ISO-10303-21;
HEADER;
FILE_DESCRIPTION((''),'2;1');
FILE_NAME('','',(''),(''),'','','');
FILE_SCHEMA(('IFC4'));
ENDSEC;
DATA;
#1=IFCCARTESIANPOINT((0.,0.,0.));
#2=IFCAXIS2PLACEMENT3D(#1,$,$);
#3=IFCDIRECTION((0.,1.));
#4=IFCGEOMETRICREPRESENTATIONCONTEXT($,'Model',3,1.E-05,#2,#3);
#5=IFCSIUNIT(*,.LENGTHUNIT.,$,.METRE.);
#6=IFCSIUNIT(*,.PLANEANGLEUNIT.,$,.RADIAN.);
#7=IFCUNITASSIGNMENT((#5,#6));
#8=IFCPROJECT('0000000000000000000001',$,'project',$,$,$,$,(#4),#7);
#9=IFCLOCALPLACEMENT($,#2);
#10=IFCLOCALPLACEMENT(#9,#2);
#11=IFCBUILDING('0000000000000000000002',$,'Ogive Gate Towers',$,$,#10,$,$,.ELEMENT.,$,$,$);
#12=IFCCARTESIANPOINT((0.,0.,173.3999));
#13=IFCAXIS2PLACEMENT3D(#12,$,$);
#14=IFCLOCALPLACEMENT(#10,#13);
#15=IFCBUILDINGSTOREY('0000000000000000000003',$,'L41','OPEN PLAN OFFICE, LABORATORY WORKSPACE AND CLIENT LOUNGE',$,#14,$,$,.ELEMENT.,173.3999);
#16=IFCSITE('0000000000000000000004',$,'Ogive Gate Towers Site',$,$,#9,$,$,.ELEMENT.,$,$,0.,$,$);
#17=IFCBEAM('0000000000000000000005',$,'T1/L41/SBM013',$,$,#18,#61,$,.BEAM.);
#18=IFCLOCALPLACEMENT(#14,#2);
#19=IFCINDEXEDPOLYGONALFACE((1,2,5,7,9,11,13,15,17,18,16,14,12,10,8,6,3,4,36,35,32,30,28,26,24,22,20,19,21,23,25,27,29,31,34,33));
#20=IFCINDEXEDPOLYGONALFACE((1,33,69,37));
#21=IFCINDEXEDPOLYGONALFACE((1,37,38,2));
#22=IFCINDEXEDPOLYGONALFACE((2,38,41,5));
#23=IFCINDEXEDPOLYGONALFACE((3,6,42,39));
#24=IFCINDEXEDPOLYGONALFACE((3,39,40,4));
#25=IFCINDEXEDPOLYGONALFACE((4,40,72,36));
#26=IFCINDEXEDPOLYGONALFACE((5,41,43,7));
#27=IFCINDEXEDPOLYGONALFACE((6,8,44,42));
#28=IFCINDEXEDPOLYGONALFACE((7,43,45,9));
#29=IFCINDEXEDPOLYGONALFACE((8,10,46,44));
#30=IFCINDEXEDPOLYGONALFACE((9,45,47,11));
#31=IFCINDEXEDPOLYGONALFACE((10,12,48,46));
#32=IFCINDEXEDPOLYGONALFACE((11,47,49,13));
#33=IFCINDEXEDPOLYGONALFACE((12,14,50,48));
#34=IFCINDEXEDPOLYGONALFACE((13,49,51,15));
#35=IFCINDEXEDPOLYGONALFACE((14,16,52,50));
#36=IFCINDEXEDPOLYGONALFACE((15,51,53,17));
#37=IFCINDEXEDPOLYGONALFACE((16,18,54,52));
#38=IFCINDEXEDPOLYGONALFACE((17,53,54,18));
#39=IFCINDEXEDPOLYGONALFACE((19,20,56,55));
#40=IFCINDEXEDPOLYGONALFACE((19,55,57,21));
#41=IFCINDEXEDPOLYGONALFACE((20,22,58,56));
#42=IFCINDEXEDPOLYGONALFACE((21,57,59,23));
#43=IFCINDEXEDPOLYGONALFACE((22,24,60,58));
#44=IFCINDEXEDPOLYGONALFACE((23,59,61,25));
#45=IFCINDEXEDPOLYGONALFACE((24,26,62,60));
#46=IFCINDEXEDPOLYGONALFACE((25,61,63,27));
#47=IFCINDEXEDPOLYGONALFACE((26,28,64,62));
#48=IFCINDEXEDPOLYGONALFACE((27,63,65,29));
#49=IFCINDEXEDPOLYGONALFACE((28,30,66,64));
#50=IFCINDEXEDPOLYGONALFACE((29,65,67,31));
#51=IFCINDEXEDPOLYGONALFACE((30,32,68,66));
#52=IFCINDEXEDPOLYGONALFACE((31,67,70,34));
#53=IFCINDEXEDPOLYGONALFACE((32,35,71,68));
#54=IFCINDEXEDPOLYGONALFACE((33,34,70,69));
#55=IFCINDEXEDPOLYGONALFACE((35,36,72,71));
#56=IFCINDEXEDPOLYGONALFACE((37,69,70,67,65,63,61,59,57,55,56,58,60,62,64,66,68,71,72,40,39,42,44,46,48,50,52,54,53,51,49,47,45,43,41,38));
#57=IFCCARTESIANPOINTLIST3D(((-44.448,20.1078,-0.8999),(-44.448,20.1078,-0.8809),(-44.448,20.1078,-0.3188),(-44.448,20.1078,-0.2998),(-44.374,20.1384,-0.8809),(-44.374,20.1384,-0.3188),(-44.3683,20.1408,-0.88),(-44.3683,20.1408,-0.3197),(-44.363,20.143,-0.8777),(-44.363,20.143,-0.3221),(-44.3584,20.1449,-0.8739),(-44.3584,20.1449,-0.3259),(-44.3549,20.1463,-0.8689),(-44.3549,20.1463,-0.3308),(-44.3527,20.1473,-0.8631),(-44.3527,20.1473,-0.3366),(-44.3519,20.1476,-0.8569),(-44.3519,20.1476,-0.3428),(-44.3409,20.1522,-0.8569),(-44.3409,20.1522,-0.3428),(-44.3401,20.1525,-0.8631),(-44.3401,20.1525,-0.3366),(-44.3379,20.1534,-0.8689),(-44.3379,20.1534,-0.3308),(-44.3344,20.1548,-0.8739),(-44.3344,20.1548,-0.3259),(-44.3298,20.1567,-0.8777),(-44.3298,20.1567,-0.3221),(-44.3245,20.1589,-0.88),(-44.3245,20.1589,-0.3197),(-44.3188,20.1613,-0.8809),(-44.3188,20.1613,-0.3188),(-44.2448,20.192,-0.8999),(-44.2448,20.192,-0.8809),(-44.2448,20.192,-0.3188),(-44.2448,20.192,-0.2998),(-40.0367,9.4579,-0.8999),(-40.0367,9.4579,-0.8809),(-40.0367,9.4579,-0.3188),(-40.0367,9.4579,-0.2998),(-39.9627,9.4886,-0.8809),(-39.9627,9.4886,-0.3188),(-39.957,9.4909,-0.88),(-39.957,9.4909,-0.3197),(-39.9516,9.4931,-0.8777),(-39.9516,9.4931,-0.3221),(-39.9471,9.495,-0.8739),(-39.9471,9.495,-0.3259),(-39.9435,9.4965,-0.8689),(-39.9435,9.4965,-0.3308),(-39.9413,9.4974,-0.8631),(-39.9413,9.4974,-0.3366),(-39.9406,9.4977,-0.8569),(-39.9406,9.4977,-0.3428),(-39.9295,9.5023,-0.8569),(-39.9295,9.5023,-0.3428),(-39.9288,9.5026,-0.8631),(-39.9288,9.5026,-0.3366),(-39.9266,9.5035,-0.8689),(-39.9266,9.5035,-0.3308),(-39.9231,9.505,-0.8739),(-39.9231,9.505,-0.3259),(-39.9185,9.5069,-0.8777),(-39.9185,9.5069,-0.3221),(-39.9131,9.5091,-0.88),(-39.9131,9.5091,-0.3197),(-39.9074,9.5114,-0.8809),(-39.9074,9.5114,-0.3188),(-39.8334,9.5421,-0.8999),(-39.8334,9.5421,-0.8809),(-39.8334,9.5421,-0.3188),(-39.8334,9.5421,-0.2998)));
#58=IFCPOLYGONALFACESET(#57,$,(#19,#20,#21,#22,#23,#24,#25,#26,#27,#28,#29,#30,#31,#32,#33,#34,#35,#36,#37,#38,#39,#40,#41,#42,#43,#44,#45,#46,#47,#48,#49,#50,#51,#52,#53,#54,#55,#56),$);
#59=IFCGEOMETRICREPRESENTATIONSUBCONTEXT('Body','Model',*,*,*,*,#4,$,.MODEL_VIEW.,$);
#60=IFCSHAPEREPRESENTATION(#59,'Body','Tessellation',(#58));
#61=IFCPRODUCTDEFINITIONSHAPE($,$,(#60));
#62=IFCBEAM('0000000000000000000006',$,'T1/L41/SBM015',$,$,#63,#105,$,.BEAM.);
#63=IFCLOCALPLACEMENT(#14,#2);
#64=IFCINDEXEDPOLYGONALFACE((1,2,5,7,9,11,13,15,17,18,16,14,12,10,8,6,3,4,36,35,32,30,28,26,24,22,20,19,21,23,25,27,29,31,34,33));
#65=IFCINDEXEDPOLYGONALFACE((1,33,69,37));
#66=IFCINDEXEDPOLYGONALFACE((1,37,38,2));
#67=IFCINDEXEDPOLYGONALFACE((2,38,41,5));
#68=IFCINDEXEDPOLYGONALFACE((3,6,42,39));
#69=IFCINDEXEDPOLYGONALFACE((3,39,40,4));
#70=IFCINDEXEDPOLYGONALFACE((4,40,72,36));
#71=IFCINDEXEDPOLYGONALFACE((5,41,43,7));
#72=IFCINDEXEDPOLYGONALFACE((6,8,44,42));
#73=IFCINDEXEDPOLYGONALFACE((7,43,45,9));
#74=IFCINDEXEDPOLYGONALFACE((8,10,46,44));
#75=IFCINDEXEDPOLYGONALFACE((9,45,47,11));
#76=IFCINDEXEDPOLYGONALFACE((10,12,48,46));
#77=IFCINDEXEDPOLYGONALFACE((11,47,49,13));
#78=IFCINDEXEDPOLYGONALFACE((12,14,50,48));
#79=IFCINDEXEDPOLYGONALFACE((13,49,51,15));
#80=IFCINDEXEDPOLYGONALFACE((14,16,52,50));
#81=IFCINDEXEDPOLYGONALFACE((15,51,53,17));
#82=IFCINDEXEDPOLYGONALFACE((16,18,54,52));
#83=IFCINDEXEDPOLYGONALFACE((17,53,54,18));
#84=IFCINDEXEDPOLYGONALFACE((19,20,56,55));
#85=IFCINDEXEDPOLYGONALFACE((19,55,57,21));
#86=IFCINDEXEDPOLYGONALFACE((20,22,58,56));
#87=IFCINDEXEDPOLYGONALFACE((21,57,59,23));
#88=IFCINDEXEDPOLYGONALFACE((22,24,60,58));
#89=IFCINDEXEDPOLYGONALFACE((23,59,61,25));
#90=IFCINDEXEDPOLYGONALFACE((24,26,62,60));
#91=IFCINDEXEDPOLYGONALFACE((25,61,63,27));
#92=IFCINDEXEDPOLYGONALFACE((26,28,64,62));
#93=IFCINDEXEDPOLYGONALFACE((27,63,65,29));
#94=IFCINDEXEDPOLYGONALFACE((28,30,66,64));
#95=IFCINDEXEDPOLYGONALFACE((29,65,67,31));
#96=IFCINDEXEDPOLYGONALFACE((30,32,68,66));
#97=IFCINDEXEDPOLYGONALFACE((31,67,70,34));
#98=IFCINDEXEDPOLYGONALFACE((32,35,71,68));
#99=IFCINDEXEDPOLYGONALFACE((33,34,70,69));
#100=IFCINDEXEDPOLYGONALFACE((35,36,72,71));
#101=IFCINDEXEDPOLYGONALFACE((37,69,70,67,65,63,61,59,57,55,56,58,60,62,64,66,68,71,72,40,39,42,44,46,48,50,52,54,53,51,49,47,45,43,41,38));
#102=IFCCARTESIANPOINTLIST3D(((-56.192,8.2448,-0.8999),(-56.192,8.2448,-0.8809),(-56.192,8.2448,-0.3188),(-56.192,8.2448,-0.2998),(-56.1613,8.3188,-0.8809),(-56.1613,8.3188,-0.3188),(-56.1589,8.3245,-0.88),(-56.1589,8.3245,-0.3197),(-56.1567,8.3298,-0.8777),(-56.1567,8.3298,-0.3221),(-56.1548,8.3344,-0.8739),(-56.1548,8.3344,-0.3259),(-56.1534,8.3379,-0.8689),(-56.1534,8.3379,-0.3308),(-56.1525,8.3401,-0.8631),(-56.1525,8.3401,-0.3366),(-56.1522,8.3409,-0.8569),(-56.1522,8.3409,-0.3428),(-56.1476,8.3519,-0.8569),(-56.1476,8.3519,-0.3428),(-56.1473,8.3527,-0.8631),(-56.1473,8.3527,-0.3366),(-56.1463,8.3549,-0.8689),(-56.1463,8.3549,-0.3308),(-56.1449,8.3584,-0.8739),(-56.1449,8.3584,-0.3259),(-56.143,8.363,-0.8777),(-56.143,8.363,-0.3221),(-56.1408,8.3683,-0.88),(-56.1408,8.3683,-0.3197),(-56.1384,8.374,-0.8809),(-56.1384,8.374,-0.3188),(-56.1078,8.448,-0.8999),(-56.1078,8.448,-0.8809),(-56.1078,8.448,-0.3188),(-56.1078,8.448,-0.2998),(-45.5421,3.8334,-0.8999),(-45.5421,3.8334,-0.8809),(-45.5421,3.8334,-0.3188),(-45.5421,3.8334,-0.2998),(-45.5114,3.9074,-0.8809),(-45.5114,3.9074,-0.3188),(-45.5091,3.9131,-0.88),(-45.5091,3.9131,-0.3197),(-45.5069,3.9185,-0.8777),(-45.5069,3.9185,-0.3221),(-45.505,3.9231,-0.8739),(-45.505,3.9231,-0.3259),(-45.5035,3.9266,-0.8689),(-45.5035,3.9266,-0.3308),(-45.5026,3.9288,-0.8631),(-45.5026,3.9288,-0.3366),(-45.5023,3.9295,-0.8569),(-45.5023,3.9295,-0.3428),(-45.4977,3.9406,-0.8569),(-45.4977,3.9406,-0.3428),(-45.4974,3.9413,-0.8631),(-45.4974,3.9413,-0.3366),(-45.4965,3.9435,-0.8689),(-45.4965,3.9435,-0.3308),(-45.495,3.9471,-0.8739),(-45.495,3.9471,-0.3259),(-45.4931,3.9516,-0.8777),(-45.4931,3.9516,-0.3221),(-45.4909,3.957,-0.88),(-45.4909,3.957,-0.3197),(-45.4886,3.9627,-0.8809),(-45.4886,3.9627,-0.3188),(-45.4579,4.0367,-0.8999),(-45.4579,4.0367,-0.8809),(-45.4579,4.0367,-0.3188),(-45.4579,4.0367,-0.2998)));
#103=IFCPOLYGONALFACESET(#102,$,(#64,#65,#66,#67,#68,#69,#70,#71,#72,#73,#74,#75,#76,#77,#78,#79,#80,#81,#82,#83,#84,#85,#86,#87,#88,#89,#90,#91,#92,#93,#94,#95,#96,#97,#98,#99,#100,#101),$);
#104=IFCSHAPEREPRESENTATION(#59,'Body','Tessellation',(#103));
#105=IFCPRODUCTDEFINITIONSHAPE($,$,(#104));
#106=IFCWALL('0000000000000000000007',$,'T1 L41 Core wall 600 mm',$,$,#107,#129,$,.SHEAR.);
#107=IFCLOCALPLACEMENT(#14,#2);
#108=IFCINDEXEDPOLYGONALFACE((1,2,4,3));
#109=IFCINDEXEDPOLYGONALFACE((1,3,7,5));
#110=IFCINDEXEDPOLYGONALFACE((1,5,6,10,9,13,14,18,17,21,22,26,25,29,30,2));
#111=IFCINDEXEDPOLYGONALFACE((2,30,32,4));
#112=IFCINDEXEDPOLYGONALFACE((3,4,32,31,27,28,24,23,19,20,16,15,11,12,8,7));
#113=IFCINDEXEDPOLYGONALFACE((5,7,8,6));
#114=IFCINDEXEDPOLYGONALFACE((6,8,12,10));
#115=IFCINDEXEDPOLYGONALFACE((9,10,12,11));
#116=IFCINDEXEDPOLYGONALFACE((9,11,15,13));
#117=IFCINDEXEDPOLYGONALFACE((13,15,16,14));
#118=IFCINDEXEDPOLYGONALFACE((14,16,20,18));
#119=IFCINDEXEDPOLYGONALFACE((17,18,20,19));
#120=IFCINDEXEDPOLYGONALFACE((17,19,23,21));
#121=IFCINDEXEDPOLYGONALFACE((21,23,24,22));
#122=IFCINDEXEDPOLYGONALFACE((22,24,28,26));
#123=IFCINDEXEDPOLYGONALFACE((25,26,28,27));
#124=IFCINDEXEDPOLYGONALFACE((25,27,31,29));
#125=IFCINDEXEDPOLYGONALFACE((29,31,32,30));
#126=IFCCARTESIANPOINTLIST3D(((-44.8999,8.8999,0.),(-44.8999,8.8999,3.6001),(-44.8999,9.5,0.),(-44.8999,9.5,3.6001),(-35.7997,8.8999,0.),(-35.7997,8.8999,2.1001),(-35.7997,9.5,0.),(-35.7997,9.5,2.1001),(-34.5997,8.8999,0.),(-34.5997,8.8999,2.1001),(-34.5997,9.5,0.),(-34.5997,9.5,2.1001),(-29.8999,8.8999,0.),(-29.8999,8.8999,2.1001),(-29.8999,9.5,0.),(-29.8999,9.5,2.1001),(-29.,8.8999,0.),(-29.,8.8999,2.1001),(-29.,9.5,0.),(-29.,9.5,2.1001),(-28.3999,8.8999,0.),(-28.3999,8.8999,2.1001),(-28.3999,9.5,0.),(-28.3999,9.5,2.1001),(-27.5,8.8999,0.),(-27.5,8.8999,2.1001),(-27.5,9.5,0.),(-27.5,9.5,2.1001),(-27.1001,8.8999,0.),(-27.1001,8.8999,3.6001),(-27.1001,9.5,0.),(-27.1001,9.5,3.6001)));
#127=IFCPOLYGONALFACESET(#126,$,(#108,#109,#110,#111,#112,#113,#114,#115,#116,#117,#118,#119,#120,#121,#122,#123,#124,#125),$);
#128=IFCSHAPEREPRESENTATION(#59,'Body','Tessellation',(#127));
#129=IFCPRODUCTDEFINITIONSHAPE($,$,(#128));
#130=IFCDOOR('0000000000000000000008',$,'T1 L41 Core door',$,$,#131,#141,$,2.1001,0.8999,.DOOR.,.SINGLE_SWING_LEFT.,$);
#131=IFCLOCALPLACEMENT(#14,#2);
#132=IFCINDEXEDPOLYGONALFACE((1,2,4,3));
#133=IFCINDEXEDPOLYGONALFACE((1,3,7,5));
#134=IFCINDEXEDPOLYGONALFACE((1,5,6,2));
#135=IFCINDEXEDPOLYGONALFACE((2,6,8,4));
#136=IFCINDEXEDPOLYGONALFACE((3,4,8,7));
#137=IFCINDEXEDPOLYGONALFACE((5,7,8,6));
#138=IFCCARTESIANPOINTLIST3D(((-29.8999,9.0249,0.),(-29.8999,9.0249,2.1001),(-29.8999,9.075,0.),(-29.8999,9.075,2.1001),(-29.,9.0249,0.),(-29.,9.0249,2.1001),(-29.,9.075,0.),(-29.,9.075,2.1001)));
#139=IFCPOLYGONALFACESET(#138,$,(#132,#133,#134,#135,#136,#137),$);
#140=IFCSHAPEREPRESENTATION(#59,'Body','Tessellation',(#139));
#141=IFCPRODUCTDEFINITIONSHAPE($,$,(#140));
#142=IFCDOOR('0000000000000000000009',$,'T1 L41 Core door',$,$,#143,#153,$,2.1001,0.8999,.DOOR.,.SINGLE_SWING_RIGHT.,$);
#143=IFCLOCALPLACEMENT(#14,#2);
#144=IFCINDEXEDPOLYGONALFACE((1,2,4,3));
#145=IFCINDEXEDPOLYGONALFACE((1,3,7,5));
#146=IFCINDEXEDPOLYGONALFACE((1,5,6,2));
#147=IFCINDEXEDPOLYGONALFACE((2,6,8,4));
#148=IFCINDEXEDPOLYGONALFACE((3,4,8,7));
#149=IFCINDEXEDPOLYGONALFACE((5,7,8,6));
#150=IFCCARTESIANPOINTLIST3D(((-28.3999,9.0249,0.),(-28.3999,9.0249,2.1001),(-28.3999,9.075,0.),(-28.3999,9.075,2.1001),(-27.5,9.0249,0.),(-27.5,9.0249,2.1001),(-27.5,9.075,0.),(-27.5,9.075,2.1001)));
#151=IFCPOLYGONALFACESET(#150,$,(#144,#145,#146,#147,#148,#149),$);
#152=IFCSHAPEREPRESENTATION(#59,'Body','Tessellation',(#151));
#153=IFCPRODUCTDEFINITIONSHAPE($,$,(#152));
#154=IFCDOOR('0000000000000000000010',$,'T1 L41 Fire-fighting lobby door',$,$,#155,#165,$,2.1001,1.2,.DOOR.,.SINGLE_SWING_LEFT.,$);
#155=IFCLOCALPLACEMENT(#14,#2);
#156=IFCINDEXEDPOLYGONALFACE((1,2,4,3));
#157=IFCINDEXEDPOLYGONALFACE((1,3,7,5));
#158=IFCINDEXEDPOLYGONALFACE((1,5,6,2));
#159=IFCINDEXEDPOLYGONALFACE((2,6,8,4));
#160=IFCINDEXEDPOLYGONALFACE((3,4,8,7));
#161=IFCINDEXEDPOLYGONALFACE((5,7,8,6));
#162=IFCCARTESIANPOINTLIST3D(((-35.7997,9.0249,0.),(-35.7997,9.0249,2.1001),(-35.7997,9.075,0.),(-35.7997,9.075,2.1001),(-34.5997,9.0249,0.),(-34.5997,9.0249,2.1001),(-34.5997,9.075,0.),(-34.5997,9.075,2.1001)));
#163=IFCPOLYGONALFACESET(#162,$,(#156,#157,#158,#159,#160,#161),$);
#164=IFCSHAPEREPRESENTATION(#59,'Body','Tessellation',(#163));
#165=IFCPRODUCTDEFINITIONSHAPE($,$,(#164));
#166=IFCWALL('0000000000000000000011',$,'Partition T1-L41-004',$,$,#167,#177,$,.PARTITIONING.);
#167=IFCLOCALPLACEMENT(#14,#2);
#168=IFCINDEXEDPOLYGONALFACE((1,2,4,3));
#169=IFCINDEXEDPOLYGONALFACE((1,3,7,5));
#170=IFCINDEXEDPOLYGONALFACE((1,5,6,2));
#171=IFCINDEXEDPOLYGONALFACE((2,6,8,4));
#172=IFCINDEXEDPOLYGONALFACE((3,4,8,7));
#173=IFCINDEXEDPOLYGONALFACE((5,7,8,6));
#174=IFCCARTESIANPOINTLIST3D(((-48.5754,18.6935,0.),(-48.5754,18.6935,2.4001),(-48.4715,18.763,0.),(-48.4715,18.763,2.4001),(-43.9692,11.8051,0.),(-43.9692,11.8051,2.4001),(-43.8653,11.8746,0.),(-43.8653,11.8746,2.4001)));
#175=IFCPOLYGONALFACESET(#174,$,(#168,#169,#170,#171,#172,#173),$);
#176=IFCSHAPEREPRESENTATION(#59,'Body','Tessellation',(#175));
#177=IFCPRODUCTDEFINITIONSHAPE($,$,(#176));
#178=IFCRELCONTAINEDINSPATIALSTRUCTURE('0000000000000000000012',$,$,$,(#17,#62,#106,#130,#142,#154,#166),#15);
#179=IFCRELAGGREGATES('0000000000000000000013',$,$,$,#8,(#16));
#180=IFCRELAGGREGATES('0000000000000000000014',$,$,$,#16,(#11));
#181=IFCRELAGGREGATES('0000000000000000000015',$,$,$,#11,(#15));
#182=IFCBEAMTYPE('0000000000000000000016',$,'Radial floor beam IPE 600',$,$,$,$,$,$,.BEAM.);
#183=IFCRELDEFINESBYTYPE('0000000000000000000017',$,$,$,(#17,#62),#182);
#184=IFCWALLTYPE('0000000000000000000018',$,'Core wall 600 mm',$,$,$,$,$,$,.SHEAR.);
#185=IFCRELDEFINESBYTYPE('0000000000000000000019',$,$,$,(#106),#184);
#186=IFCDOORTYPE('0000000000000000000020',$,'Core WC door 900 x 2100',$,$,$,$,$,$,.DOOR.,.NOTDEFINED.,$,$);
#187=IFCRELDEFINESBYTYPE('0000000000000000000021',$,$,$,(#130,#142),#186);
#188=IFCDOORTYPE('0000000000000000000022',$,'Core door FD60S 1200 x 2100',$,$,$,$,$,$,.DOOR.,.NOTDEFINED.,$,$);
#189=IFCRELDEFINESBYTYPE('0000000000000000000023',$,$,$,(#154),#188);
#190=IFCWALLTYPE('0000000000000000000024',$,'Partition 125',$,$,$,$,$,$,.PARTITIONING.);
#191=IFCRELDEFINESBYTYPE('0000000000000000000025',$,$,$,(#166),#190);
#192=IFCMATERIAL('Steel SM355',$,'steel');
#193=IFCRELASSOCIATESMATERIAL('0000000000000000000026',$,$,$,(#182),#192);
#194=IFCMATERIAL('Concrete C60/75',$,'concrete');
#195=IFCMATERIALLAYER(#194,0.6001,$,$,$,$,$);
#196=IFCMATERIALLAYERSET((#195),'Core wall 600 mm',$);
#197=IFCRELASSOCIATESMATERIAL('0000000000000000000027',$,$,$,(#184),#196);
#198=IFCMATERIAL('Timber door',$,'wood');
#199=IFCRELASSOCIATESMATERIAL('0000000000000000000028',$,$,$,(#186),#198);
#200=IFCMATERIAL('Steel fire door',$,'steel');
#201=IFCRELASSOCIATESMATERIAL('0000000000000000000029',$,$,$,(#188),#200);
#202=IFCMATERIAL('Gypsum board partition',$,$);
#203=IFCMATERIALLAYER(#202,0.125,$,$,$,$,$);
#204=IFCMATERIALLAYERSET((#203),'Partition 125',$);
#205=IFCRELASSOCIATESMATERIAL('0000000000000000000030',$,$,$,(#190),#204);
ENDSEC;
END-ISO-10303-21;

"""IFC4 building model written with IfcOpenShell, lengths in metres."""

from ifc_helpers import new_model, si_unit, direction, frame, frame_2d, origin, origin_2d, place, context, subcontext, project, spatial, rectangle, i_section, extrude, material, layer, layer_set, material_profile, profile_set, type_object, element, fill, save


model = new_model("IFC4")

# Units and contexts
model_context = context("Model", 3, precision=1e-05, world=origin(), true_north=direction((0.0, 1.0)))
body_context = subcontext(model_context, "Body", "Model", "MODEL_VIEW")
ifc_project = project(units=[si_unit("LENGTHUNIT", "METRE"), si_unit("PLANEANGLEUNIT", "RADIAN")], contexts=[model_context])

# Site, building, storey
site_placement = place(None, origin())
site = spatial("IfcSite", under=ifc_project, at=site_placement, Name="Ogive Gate Towers Site", CompositionType="ELEMENT", RefElevation=0.0)
building_placement = place(site_placement, origin())
building = spatial("IfcBuilding", under=site, at=building_placement, Name="Ogive Gate Towers", CompositionType="ELEMENT")
storey_placement = place(building_placement, frame((0.0, 0.0, 173.3999)))
storey = spatial("IfcBuildingStorey", under=building, at=storey_placement, Name="L41", Description="OPEN PLAN OFFICE, LABORATORY WORKSPACE AND CLIENT LOUNGE", CompositionType="ELEMENT", Elevation=173.3999)

# Beams
ifc_material_1 = material(Name="Steel SM355", Category="steel")
ifc_material_profile_1 = material_profile(ifc_material_1, i_section(OverallWidth=0.22, OverallDepth=0.6001, WebThickness=0.012, FlangeThickness=0.019, FilletRadius=0.0239, at=origin_2d()), Name="IPE 600")
ifc_profile_set_1 = profile_set([ifc_material_profile_1], Name="Steel SM355")
beam_type_1 = type_object("IfcBeamType", Name="Radial floor beam IPE 600", PredefinedType="BEAM", material=ifc_profile_set_1)
for number, where, z_axis, x_axis, name in (
    (1, (-39.9351, 9.5, -0.5999), (-0.382687, 0.923878, 0.0), (-0.923878, -0.382687, 0.0), "T1/L41/SBM013"),
    (2, (-45.5, 3.9351, -0.5999), (-0.923878, 0.382687, 0.0), (-0.382687, -0.923878, 0.0), "T1/L41/SBM015"),
):
    element("IfcBeam", number, at=place(storey_placement, frame(where, z_axis=z_axis, x_axis=x_axis)), inside=storey, type_object=beam_type_1, Name=name, PredefinedType="BEAM", context=body_context, shape_type="SweptSolid", body=[
        extrude(i_section(OverallWidth=0.22, OverallDepth=0.6001, WebThickness=0.012, FlangeThickness=0.019, FilletRadius=0.0239, at=origin_2d()), origin(), (0.0, 0.0, 1.0), 11.5273),
    ])

# Wall, openings, doors
ifc_material_2 = material(Name="Concrete C60/75", Category="concrete")
ifc_layer_1 = layer(ifc_material_2, 0.6001)
ifc_layer_set_1 = layer_set([ifc_layer_1], Name="Core wall 600 mm")
wall_type_1 = type_object("IfcWallType", Name="Core wall 600 mm", PredefinedType="SHEAR", material=ifc_layer_set_1)
wall_1_placement = place(storey_placement, frame((-44.8999, 9.2, 0.0), z_axis=(0.0, 0.0, 1.0), x_axis=(1.0, 0.0, 0.0)))
wall_1 = element("IfcWall", 3, at=wall_1_placement, inside=storey, type_object=wall_type_1, Name="T1 L41 Core wall 600 mm", PredefinedType="SHEAR", context=body_context, shape_type="SweptSolid", body=[
    extrude(rectangle(XDim=17.7998, YDim=0.6001, at=frame_2d((8.8999, 0.0))), origin(), (0.0, 0.0, 1.0), 3.6001),
])
opening_1_placement = place(wall_1_placement, frame((9.1001, 0.0, 0.0)))
opening_1 = element("IfcOpeningElement", 4, at=opening_1_placement, cuts=wall_1, PredefinedType="OPENING", context=body_context, shape_type="SweptSolid", body=[
    extrude(rectangle(XDim=1.2, YDim=2.1001, at=frame_2d((0.6001, 1.05))), frame((0.0, 0.3101, 0.0), z_axis=(0.0, -1.0, 0.0), x_axis=(1.0, 0.0, 0.0)), (0.0, 0.0, 1.0), 0.6201),
])
opening_2_placement = place(wall_1_placement, frame((15.0, 0.0, 0.0)))
opening_2 = element("IfcOpeningElement", 5, at=opening_2_placement, cuts=wall_1, PredefinedType="OPENING", context=body_context, shape_type="SweptSolid", body=[
    extrude(rectangle(XDim=0.8999, YDim=2.1001, at=frame_2d((0.45, 1.05))), frame((0.0, 0.3101, 0.0), z_axis=(0.0, -1.0, 0.0), x_axis=(1.0, 0.0, 0.0)), (0.0, 0.0, 1.0), 0.6201),
])
opening_3_placement = place(wall_1_placement, frame((16.5, 0.0, 0.0)))
opening_3 = element("IfcOpeningElement", 6, at=opening_3_placement, cuts=wall_1, PredefinedType="OPENING", context=body_context, shape_type="SweptSolid", body=[
    extrude(rectangle(XDim=0.8999, YDim=2.1001, at=frame_2d((0.45, 1.05))), frame((0.0, 0.3101, 0.0), z_axis=(0.0, -1.0, 0.0), x_axis=(1.0, 0.0, 0.0)), (0.0, 0.0, 1.0), 0.6201),
])
ifc_material_3 = material(Name="Timber door", Category="wood")
door_type_1 = type_object("IfcDoorType", Name="Core WC door 900 x 2100", OperationType="NOTDEFINED", PredefinedType="DOOR", material=ifc_material_3)
door_1_placement = place(opening_2_placement, origin())
door_1 = element("IfcDoor", 7, at=door_1_placement, inside=storey, type_object=door_type_1, Name="T1 L41 Core door", OperationType="SINGLE_SWING_LEFT", OverallHeight=2.1001, OverallWidth=0.8999, PredefinedType="DOOR", context=body_context, shape_type="SweptSolid", body=[
    extrude(rectangle(XDim=0.8999, YDim=2.1001, at=frame_2d((0.45, 1.05))), frame((0.0, -0.125, 0.0), z_axis=(0.0, -1.0, 0.0), x_axis=(1.0, 0.0, 0.0)), (0.0, 0.0, 1.0), 0.05),
])
fill(opening_2, door_1)
door_2_placement = place(opening_3_placement, origin())
door_2 = element("IfcDoor", 8, at=door_2_placement, inside=storey, type_object=door_type_1, Name="T1 L41 Core door", OperationType="SINGLE_SWING_RIGHT", OverallHeight=2.1001, OverallWidth=0.8999, PredefinedType="DOOR", context=body_context, shape_type="SweptSolid", body=[
    extrude(rectangle(XDim=0.8999, YDim=2.1001, at=frame_2d((0.45, 1.05))), frame((0.0, -0.125, 0.0), z_axis=(0.0, -1.0, 0.0), x_axis=(1.0, 0.0, 0.0)), (0.0, 0.0, 1.0), 0.05),
])
fill(opening_3, door_2)
ifc_material_4 = material(Name="Steel fire door", Category="steel")
door_type_2 = type_object("IfcDoorType", Name="Core door FD60S 1200 x 2100", OperationType="NOTDEFINED", PredefinedType="DOOR", material=ifc_material_4)
door_3_placement = place(opening_1_placement, origin())
door_3 = element("IfcDoor", 9, at=door_3_placement, inside=storey, type_object=door_type_2, Name="T1 L41 Fire-fighting lobby door", OperationType="SINGLE_SWING_LEFT", OverallHeight=2.1001, OverallWidth=1.2, PredefinedType="DOOR", context=body_context, shape_type="SweptSolid", body=[
    extrude(rectangle(XDim=1.2, YDim=2.1001, at=frame_2d((0.6001, 1.05))), frame((0.0, -0.125, 0.0), z_axis=(0.0, -1.0, 0.0), x_axis=(1.0, 0.0, 0.0)), (0.0, 0.0, 1.0), 0.05),
])
fill(opening_1, door_3)

# Wall
ifc_material_5 = material(Name="Gypsum board partition")
ifc_layer_2 = layer(ifc_material_5, 0.125)
ifc_layer_set_2 = layer_set([ifc_layer_2], Name="Partition 125")
wall_type_2 = type_object("IfcWallType", Name="Partition 125", PredefinedType="PARTITIONING", material=ifc_layer_set_2)
wall_2_placement = place(storey_placement, frame((-48.5234, 18.7283, 0.0), z_axis=(0.0, 0.0, 1.0), x_axis=(0.555862, -0.831274, 0.0)))
element("IfcWall", 10, at=wall_2_placement, inside=storey, type_object=wall_type_2, Name="Partition T1-L41-004", PredefinedType="PARTITIONING", context=body_context, shape_type="SweptSolid", body=[
    extrude(rectangle(XDim=8.2866, YDim=0.125, at=frame_2d((4.1433, 0.0))), origin(), (0.0, 0.0, 1.0), 2.4001),
])

save(model, "model.ifc")
